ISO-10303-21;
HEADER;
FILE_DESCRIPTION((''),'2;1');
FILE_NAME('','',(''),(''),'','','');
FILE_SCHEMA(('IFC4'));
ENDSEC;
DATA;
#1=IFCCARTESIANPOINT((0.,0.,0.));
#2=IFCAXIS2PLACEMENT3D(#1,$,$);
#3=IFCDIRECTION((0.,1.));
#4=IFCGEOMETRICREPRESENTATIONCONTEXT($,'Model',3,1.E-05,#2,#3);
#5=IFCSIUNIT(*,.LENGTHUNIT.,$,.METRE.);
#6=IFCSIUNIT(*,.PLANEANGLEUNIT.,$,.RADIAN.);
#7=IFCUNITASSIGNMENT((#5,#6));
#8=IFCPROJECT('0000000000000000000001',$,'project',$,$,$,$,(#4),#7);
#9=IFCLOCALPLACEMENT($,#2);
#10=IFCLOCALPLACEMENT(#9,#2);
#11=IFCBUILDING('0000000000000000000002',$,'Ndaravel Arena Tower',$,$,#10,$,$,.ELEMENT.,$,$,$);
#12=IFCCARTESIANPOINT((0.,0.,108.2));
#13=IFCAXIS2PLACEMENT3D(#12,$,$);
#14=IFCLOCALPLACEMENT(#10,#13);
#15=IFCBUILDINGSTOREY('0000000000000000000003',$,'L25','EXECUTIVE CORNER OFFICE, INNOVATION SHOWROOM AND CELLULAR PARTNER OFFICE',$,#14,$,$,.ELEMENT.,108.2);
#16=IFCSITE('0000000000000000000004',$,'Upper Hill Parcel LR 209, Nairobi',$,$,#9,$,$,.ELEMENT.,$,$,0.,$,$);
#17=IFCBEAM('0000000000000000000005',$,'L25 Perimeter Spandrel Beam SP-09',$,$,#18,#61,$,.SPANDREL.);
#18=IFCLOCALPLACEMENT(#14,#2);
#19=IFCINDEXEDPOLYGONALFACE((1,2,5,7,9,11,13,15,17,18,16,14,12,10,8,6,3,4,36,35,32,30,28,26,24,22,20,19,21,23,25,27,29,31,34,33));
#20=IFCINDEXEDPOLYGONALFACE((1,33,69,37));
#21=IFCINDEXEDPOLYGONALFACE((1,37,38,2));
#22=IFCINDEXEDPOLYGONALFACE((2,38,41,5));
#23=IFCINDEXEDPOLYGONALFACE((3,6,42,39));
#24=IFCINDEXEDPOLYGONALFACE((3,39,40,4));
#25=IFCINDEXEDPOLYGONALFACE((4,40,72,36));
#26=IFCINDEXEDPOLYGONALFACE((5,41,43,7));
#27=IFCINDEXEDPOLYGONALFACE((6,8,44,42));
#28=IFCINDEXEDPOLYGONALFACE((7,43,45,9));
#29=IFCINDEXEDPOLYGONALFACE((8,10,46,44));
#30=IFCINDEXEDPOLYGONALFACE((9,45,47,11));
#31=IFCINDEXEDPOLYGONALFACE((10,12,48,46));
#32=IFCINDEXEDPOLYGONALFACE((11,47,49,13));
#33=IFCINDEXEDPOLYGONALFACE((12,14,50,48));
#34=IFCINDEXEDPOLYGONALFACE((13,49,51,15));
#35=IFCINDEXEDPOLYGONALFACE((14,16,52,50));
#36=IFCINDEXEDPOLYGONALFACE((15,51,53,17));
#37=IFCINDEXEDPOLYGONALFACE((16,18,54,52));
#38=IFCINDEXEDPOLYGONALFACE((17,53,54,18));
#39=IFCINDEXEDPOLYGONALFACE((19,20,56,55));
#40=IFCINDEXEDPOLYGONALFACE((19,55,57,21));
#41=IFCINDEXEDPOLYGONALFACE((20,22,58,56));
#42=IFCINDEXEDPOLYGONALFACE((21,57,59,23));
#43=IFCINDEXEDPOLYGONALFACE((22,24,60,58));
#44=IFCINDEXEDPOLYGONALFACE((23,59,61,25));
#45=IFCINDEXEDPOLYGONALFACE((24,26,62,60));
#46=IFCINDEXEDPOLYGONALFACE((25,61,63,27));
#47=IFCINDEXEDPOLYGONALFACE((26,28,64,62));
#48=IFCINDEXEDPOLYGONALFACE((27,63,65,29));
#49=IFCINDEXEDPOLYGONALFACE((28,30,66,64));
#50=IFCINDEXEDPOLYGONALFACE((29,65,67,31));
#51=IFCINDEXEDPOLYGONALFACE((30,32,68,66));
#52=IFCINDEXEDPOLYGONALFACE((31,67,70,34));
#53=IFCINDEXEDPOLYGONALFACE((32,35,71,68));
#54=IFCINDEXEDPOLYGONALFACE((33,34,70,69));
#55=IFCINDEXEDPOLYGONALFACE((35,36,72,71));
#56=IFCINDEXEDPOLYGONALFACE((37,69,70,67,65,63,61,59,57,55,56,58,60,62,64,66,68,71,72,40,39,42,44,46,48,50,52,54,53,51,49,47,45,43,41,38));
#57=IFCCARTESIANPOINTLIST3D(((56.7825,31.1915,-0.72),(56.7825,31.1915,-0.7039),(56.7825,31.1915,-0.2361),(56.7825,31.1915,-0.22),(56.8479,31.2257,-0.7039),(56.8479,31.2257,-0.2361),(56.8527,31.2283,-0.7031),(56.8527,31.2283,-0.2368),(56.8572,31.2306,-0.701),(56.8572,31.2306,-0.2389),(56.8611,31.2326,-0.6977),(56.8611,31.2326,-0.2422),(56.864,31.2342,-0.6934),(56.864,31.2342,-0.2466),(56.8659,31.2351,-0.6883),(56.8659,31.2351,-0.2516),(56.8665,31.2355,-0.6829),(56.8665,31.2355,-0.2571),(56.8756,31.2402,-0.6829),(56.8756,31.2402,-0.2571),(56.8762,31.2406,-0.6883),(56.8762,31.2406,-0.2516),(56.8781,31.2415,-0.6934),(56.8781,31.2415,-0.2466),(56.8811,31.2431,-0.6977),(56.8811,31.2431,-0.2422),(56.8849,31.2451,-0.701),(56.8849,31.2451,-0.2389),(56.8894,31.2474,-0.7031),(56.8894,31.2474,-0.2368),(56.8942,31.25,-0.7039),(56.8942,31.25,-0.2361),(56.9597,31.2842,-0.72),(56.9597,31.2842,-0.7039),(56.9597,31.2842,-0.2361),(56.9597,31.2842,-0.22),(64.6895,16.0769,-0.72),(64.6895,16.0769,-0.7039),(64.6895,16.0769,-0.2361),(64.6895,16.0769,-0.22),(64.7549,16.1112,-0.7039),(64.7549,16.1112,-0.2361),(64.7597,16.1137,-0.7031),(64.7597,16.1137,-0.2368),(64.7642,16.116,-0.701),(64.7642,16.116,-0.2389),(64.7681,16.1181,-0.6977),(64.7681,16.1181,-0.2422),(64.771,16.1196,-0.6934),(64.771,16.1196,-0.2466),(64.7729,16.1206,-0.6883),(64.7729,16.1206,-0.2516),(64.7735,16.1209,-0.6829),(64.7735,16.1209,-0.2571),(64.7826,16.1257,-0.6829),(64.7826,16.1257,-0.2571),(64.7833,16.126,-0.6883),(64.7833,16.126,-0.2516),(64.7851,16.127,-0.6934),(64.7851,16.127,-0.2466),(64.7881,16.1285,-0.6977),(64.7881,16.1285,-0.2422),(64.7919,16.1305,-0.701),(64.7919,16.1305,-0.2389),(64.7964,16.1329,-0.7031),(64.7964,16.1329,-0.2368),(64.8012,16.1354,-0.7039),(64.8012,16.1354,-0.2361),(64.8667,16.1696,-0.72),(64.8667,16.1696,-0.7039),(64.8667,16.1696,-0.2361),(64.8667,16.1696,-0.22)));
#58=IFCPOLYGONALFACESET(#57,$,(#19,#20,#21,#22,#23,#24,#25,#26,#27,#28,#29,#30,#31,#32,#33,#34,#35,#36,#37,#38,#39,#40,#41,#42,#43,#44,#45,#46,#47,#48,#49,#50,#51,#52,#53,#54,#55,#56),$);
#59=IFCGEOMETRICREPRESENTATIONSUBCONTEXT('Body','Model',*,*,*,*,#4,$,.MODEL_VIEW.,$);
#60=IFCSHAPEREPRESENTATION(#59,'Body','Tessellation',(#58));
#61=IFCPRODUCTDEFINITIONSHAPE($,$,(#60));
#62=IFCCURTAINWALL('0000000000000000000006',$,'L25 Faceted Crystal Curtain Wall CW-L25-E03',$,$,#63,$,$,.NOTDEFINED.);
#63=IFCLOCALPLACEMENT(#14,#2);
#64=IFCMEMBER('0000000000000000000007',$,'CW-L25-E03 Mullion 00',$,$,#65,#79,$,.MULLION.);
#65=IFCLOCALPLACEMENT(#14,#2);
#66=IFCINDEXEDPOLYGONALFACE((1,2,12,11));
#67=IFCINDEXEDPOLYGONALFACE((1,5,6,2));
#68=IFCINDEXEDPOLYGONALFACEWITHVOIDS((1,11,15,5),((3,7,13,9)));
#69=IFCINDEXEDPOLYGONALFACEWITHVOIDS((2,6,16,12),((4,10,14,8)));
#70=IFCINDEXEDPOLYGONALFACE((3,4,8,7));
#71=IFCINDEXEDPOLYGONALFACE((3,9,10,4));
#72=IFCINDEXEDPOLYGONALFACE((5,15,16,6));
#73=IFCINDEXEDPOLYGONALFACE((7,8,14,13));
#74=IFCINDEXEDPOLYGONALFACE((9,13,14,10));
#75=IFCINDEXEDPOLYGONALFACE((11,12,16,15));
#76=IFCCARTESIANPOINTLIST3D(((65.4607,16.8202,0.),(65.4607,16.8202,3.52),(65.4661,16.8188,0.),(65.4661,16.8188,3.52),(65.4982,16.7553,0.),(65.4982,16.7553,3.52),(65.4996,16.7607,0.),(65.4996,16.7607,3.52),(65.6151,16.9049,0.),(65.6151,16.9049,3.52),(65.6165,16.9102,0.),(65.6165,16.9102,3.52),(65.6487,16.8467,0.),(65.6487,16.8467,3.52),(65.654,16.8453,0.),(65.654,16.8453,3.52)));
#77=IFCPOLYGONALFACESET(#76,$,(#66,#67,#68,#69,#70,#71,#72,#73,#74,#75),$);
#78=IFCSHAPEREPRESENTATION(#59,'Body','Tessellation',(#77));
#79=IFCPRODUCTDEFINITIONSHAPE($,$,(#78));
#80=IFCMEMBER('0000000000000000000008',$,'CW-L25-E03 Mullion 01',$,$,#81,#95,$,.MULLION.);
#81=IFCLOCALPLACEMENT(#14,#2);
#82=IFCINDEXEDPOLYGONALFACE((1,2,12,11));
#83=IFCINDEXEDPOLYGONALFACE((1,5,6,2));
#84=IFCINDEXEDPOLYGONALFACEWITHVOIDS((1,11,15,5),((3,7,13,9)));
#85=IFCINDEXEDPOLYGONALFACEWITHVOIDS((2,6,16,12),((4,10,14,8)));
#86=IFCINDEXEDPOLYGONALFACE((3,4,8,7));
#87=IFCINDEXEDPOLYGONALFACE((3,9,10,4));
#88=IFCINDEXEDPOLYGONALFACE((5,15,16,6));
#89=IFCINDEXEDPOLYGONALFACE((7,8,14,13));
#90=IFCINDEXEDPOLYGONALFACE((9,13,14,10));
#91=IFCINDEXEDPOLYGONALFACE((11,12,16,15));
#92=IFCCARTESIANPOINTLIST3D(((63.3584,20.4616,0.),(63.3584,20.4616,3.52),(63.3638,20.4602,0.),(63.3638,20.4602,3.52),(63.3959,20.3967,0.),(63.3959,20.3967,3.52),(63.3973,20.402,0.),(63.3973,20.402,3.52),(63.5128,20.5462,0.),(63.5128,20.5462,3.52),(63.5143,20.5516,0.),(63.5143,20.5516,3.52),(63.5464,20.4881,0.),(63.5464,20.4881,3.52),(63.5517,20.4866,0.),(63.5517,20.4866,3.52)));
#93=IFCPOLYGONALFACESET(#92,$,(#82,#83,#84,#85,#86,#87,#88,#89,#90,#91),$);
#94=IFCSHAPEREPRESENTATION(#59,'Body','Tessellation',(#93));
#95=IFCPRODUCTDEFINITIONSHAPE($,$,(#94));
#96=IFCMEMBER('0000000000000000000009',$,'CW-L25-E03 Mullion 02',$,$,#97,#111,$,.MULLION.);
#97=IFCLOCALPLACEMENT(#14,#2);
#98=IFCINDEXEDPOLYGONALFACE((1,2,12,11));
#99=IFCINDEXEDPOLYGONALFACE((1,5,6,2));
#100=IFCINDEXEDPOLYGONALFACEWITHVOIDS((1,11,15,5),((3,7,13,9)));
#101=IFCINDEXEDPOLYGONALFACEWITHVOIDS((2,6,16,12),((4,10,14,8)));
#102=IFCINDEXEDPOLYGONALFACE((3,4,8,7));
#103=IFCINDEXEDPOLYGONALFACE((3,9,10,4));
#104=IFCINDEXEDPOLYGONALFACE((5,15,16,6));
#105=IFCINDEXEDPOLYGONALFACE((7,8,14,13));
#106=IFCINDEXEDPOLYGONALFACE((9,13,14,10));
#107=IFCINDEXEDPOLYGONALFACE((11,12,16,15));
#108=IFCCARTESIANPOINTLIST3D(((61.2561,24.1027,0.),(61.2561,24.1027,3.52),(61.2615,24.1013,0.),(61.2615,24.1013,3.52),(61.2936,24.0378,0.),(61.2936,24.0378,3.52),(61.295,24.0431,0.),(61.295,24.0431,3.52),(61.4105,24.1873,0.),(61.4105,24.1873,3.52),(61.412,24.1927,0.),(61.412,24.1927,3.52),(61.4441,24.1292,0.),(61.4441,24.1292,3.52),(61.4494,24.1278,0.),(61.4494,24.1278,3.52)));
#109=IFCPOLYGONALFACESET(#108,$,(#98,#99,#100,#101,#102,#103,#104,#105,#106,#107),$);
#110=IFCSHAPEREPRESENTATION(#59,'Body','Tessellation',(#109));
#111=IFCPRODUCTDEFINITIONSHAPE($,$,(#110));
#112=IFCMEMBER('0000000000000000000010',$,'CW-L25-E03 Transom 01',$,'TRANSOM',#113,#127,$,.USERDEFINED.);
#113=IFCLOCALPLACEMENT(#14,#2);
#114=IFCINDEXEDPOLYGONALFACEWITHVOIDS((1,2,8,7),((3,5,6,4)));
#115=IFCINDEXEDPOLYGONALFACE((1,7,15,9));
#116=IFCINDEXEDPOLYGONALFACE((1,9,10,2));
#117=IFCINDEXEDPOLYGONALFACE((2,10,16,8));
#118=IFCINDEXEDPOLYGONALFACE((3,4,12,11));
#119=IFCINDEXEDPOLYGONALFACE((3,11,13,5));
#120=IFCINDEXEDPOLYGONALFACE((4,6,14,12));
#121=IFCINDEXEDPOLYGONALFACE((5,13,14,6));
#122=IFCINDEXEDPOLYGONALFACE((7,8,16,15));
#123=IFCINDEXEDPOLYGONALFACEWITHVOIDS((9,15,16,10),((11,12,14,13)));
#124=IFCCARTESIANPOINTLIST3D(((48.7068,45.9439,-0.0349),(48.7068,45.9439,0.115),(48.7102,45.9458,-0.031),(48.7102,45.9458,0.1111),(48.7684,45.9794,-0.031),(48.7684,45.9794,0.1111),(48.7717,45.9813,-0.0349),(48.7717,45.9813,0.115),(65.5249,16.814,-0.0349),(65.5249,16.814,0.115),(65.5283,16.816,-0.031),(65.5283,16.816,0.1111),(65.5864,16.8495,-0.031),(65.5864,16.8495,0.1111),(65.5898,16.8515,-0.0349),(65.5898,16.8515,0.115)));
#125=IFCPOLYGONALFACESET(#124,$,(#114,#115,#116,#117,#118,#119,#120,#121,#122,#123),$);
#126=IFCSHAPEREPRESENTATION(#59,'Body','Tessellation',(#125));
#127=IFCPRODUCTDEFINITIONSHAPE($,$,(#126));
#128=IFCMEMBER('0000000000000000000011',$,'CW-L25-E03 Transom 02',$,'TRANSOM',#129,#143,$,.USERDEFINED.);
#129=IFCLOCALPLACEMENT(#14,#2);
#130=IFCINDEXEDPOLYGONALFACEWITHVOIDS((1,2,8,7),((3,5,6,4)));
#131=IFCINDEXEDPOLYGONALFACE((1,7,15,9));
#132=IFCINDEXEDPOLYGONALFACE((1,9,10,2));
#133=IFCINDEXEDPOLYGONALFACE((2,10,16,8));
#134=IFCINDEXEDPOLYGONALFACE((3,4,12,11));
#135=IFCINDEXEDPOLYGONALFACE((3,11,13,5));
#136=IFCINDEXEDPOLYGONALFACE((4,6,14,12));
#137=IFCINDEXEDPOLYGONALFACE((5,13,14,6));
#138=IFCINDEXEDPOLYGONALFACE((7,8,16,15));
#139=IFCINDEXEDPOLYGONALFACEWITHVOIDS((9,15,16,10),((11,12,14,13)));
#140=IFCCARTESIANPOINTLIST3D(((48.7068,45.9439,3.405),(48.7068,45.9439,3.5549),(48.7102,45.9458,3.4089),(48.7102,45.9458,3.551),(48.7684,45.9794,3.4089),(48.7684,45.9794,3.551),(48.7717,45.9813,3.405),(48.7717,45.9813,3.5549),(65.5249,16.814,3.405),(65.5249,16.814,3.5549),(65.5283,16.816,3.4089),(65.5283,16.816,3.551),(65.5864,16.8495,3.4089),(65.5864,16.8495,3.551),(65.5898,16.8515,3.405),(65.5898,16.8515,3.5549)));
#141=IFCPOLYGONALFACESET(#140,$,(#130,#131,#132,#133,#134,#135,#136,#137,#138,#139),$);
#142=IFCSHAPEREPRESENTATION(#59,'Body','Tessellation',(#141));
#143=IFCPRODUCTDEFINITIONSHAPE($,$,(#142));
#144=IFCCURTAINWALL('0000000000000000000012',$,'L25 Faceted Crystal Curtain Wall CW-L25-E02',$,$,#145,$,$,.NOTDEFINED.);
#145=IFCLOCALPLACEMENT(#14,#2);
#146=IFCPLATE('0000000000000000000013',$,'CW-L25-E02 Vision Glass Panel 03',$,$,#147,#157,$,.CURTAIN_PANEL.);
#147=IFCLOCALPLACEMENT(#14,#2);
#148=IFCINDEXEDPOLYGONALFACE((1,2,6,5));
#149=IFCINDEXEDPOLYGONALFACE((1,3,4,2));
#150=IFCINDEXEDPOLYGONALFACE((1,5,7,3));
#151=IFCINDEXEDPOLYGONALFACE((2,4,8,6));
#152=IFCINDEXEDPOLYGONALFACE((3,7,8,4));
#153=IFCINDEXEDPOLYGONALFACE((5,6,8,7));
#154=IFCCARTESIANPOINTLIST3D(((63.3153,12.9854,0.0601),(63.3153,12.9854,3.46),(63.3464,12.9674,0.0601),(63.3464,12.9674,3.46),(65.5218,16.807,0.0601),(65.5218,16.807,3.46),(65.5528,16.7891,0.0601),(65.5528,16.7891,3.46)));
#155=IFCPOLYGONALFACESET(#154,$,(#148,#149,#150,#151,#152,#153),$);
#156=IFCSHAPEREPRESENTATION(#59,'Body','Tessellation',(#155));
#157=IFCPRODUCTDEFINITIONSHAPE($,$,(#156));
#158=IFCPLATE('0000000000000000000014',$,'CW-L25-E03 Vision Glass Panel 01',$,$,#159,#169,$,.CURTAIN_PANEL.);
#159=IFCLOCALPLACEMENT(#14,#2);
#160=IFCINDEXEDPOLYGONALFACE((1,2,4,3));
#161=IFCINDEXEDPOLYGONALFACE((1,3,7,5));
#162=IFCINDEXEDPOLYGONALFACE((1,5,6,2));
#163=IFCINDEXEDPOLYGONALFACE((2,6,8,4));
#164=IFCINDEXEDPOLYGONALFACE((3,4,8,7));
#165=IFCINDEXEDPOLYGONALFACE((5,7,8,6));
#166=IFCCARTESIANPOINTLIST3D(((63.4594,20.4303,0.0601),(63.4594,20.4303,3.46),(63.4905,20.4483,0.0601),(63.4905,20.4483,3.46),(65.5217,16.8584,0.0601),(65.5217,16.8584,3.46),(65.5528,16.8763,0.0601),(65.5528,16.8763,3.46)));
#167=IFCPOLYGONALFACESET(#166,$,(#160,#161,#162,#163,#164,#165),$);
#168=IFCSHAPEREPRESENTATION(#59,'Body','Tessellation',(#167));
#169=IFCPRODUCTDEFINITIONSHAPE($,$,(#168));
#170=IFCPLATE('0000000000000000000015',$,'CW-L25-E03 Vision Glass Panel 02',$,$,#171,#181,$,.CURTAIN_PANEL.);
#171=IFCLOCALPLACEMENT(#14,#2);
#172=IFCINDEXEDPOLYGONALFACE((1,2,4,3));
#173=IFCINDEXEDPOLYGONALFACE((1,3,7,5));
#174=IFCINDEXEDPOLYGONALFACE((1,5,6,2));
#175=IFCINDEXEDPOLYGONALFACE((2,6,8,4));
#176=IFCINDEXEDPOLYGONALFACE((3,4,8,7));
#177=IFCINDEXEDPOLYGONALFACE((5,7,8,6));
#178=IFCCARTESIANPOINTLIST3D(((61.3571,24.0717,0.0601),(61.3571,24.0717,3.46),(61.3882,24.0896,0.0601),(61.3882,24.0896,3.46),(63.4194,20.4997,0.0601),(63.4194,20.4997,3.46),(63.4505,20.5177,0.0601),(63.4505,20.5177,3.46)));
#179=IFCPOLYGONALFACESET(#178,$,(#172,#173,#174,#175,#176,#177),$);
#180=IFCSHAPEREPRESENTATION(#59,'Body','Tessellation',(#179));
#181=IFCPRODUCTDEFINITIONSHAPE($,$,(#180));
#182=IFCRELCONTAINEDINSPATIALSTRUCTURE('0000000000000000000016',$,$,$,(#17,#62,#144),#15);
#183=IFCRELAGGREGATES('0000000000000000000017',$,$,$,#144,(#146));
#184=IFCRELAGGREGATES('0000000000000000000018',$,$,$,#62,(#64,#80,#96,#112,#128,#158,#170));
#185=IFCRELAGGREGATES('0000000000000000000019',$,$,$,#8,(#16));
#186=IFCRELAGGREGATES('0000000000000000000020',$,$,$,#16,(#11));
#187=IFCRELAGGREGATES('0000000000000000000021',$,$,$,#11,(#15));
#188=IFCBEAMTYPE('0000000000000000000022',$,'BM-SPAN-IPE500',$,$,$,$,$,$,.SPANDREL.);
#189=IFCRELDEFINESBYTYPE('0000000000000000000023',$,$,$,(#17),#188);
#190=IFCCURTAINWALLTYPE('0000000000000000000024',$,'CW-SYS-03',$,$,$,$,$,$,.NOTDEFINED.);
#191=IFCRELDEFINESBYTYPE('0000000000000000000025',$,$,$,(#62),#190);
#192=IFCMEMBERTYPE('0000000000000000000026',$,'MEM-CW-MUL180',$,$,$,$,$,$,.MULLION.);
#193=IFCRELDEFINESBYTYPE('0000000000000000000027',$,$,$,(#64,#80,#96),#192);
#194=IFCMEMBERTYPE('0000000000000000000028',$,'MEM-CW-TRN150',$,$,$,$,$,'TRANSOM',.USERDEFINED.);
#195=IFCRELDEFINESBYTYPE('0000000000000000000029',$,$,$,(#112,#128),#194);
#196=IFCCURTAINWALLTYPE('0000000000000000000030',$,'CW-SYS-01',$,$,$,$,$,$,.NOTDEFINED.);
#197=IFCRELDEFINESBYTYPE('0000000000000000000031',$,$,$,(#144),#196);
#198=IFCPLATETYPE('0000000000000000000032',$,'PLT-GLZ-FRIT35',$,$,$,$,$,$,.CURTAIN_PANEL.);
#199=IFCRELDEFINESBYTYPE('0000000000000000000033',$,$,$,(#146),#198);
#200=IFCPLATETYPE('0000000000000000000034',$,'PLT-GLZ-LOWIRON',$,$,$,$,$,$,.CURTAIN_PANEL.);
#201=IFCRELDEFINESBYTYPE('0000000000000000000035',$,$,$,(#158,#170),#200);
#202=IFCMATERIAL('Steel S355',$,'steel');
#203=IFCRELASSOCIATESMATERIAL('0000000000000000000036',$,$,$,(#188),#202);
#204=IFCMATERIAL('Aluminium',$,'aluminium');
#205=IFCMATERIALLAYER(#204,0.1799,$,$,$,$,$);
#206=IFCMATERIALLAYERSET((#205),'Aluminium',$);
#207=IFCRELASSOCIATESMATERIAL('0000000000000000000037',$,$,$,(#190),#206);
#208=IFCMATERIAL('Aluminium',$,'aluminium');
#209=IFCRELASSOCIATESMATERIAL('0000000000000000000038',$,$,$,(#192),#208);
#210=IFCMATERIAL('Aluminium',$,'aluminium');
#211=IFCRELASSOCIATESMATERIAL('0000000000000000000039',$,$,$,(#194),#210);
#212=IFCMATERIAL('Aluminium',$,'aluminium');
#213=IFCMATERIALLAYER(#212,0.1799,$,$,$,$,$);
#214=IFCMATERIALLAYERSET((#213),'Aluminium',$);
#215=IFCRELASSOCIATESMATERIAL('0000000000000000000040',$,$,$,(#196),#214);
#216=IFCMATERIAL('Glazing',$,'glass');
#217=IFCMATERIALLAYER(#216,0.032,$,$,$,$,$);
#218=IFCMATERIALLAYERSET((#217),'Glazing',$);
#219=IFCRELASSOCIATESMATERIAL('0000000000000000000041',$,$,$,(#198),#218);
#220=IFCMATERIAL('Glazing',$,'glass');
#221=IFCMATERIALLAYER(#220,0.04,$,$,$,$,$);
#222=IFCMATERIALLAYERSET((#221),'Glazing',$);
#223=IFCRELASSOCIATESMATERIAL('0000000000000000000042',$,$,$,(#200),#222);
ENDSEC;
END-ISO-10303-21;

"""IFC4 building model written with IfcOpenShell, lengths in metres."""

from ifc_helpers import new_model, si_unit, direction, frame, origin, origin_2d, place, context, subcontext, project, spatial, rectangle, hollow_rectangle, i_section, extrude, material, layer, layer_set, material_profile, profile_set, type_object, element, aggregate, save


model = new_model("IFC4")

# Units and contexts
model_context = context("Model", 3, precision=1e-05, world=origin(), true_north=direction((0.0, 1.0)))
body_context = subcontext(model_context, "Body", "Model", "MODEL_VIEW")
ifc_project = project(units=[si_unit("LENGTHUNIT", "METRE"), si_unit("PLANEANGLEUNIT", "RADIAN")], contexts=[model_context])

# Site, building, storey
site_placement = place(None, origin())
site = spatial("IfcSite", under=ifc_project, at=site_placement, Name="Upper Hill Parcel LR 209, Nairobi", CompositionType="ELEMENT", RefElevation=0.0)
building_placement = place(site_placement, origin())
building = spatial("IfcBuilding", under=site, at=building_placement, Name="Ndaravel Arena Tower", CompositionType="ELEMENT")
storey_placement = place(building_placement, frame((0.0, 0.0, 108.2)))
storey = spatial("IfcBuildingStorey", under=building, at=storey_placement, Name="L25", Description="EXECUTIVE CORNER OFFICE, INNOVATION SHOWROOM AND CELLULAR PARTNER OFFICE", CompositionType="ELEMENT", Elevation=108.2)

# Beam
ifc_material_1 = material(Name="Steel S355", Category="steel")
ifc_material_profile_1 = material_profile(ifc_material_1, i_section(OverallWidth=0.2, OverallDepth=0.5, WebThickness=0.0103, FlangeThickness=0.0161, FilletRadius=0.021, at=origin_2d()), Name="IPE 500")
ifc_profile_set_1 = profile_set([ifc_material_profile_1], Name="Steel S355")
beam_type_1 = type_object("IfcBeamType", Name="BM-SPAN-IPE500", PredefinedType="SPANDREL", material=ifc_profile_set_1)
beam_1_placement = place(storey_placement, frame((64.7781, 16.1233, -0.47), z_axis=(-0.463541, 0.886076, 0.0), x_axis=(-0.886076, -0.463541, 0.0)))
element("IfcBeam", 1, at=beam_1_placement, inside=storey, type_object=beam_type_1, Name="L25 Perimeter Spandrel Beam SP-09", PredefinedType="SPANDREL", context=body_context, shape_type="SweptSolid", body=[
    extrude(i_section(OverallWidth=0.2, OverallDepth=0.5, WebThickness=0.0103, FlangeThickness=0.0161, FilletRadius=0.021, at=origin_2d()), origin(), (0.0, 0.0, 1.0), 17.0579),
])

# Curtain wall, members
ifc_material_2 = material(Name="Aluminium", Category="aluminium")
ifc_layer_1 = layer(ifc_material_2, 0.1799)
ifc_layer_set_1 = layer_set([ifc_layer_1], Name="Aluminium")
curtain_wall_type_1 = type_object("IfcCurtainWallType", Name="CW-SYS-03", PredefinedType="NOTDEFINED", material=ifc_layer_set_1)
curtain_wall_1_placement = place(storey_placement, origin())
curtain_wall_1 = element("IfcCurtainWall", 2, at=curtain_wall_1_placement, inside=storey, type_object=curtain_wall_type_1, Name="L25 Faceted Crystal Curtain Wall CW-L25-E03", PredefinedType="NOTDEFINED")
ifc_material_3 = material(Name="Aluminium", Category="aluminium")
ifc_material_profile_2 = material_profile(ifc_material_3, hollow_rectangle(XDim=0.075, YDim=0.1799, WallThickness=0.0039, at=origin_2d()), Name="CW MULLION 75x180x4")
ifc_profile_set_2 = profile_set([ifc_material_profile_2], Name="Aluminium")
member_type_1 = type_object("IfcMemberType", Name="MEM-CW-MUL180", PredefinedType="MULLION", material=ifc_profile_set_2)
member_1_placement = place(storey_placement, frame((65.5574, 16.8328, 0.0), z_axis=(0.0, 0.0, 1.0), x_axis=(-0.5, 0.866025, 0.0)))
member_1 = element("IfcMember", 3, at=member_1_placement, type_object=member_type_1, Name="CW-L25-E03 Mullion 00", PredefinedType="MULLION", context=body_context, shape_type="SweptSolid", body=[
    extrude(hollow_rectangle(XDim=0.075, YDim=0.1799, WallThickness=0.0039, at=origin_2d()), origin(), (0.0, 0.0, 1.0), 3.52),
])
member_2_placement = place(storey_placement, frame((63.4551, 20.4741, 0.0), z_axis=(0.0, 0.0, 1.0), x_axis=(-0.5, 0.866025, 0.0)))
member_2 = element("IfcMember", 4, at=member_2_placement, type_object=member_type_1, Name="CW-L25-E03 Mullion 01", PredefinedType="MULLION", context=body_context, shape_type="SweptSolid", body=[
    extrude(hollow_rectangle(XDim=0.075, YDim=0.1799, WallThickness=0.0039, at=origin_2d()), origin(), (0.0, 0.0, 1.0), 3.52),
])
member_3_placement = place(storey_placement, frame((61.3528, 24.1152, 0.0), z_axis=(0.0, 0.0, 1.0), x_axis=(-0.5, 0.866025, 0.0)))
member_3 = element("IfcMember", 5, at=member_3_placement, type_object=member_type_1, Name="CW-L25-E03 Mullion 02", PredefinedType="MULLION", context=body_context, shape_type="SweptSolid", body=[
    extrude(hollow_rectangle(XDim=0.075, YDim=0.1799, WallThickness=0.0039, at=origin_2d()), origin(), (0.0, 0.0, 1.0), 3.52),
])
ifc_material_4 = material(Name="Aluminium", Category="aluminium")
ifc_material_profile_3 = material_profile(ifc_material_4, hollow_rectangle(XDim=0.075, YDim=0.1499, WallThickness=0.0039, at=origin_2d()), Name="CW TRANSOM 75x150x4")
ifc_profile_set_3 = profile_set([ifc_material_profile_3], Name="Aluminium")
member_type_2 = type_object("IfcMemberType", Name="MEM-CW-TRN150", ElementType="TRANSOM", PredefinedType="USERDEFINED", material=ifc_profile_set_3)
member_4_placement = place(storey_placement, frame((65.5574, 16.8328, 0.04), z_axis=(-0.499999, 0.866026, 0.0), x_axis=(-0.866026, -0.499999, 0.0)))
member_4 = element("IfcMember", 6, at=member_4_placement, type_object=member_type_2, Name="CW-L25-E03 Transom 01", ObjectType="TRANSOM", PredefinedType="USERDEFINED", context=body_context, shape_type="SweptSolid", body=[
    extrude(hollow_rectangle(XDim=0.075, YDim=0.1499, WallThickness=0.0039, at=origin_2d()), origin(), (0.0, 0.0, 1.0), 33.6362),
])
member_5_placement = place(storey_placement, frame((65.5574, 16.8328, 3.48), z_axis=(-0.499999, 0.866026, 0.0), x_axis=(-0.866026, -0.499999, 0.0)))
member_5 = element("IfcMember", 7, at=member_5_placement, type_object=member_type_2, Name="CW-L25-E03 Transom 02", ObjectType="TRANSOM", PredefinedType="USERDEFINED", context=body_context, shape_type="SweptSolid", body=[
    extrude(hollow_rectangle(XDim=0.075, YDim=0.1499, WallThickness=0.0039, at=origin_2d()), origin(), (0.0, 0.0, 1.0), 33.6362),
])

# Curtain wall, plate
ifc_material_5 = material(Name="Aluminium", Category="aluminium")
ifc_layer_2 = layer(ifc_material_5, 0.1799)
ifc_layer_set_2 = layer_set([ifc_layer_2], Name="Aluminium")
curtain_wall_type_2 = type_object("IfcCurtainWallType", Name="CW-SYS-01", PredefinedType="NOTDEFINED", material=ifc_layer_set_2)
curtain_wall_2_placement = place(storey_placement, origin())
curtain_wall_2 = element("IfcCurtainWall", 8, at=curtain_wall_2_placement, inside=storey, type_object=curtain_wall_type_2, Name="L25 Faceted Crystal Curtain Wall CW-L25-E02", PredefinedType="NOTDEFINED")
ifc_material_6 = material(Name="Glazing", Category="glass")
ifc_layer_3 = layer(ifc_material_6, 0.032)
ifc_layer_set_3 = layer_set([ifc_layer_3], Name="Glazing")
plate_type_1 = type_object("IfcPlateType", Name="PLT-GLZ-FRIT35", PredefinedType="CURTAIN_PANEL", material=ifc_layer_set_3)
plate_1_placement = place(storey_placement, frame((64.4341, 14.8872, 0.0601), z_axis=(0.0, 0.0, 1.0), x_axis=(0.5, 0.866025, 0.0)))
plate_1 = element("IfcPlate", 9, at=plate_1_placement, type_object=plate_type_1, Name="CW-L25-E02 Vision Glass Panel 03", PredefinedType="CURTAIN_PANEL", context=body_context, shape_type="SweptSolid", body=[
    extrude(rectangle(XDim=4.4128, YDim=0.0359, at=origin_2d()), origin(), (0.0, 0.0, 1.0), 3.3999),
])
aggregate(curtain_wall_2, [plate_1])

# Plates
ifc_material_7 = material(Name="Glazing", Category="glass")
ifc_layer_4 = layer(ifc_material_7, 0.04)
ifc_layer_set_4 = layer_set([ifc_layer_4], Name="Glazing")
plate_type_2 = type_object("IfcPlateType", Name="PLT-GLZ-LOWIRON", PredefinedType="CURTAIN_PANEL", material=ifc_layer_set_4)
plate_2_placement = place(storey_placement, frame((64.5061, 18.6533, 0.0601), z_axis=(0.0, 0.0, 1.0), x_axis=(-0.5, 0.866025, 0.0)))
plate_2 = element("IfcPlate", 10, at=plate_2_placement, type_object=plate_type_2, Name="CW-L25-E03 Vision Glass Panel 01", PredefinedType="CURTAIN_PANEL", context=body_context, shape_type="SweptSolid", body=[
    extrude(rectangle(XDim=4.1245, YDim=0.0359, at=origin_2d()), origin(), (0.0, 0.0, 1.0), 3.3999),
])
plate_3_placement = place(storey_placement, frame((62.4038, 22.2947, 0.0601), z_axis=(0.0, 0.0, 1.0), x_axis=(-0.5, 0.866025, 0.0)))
plate_3 = element("IfcPlate", 11, at=plate_3_placement, type_object=plate_type_2, Name="CW-L25-E03 Vision Glass Panel 02", PredefinedType="CURTAIN_PANEL", context=body_context, shape_type="SweptSolid", body=[
    extrude(rectangle(XDim=4.1245, YDim=0.0359, at=origin_2d()), origin(), (0.0, 0.0, 1.0), 3.3999),
])
aggregate(curtain_wall_1, [member_1, member_2, member_3, member_4, member_5, plate_2, plate_3])

save(model, "model.ifc")
